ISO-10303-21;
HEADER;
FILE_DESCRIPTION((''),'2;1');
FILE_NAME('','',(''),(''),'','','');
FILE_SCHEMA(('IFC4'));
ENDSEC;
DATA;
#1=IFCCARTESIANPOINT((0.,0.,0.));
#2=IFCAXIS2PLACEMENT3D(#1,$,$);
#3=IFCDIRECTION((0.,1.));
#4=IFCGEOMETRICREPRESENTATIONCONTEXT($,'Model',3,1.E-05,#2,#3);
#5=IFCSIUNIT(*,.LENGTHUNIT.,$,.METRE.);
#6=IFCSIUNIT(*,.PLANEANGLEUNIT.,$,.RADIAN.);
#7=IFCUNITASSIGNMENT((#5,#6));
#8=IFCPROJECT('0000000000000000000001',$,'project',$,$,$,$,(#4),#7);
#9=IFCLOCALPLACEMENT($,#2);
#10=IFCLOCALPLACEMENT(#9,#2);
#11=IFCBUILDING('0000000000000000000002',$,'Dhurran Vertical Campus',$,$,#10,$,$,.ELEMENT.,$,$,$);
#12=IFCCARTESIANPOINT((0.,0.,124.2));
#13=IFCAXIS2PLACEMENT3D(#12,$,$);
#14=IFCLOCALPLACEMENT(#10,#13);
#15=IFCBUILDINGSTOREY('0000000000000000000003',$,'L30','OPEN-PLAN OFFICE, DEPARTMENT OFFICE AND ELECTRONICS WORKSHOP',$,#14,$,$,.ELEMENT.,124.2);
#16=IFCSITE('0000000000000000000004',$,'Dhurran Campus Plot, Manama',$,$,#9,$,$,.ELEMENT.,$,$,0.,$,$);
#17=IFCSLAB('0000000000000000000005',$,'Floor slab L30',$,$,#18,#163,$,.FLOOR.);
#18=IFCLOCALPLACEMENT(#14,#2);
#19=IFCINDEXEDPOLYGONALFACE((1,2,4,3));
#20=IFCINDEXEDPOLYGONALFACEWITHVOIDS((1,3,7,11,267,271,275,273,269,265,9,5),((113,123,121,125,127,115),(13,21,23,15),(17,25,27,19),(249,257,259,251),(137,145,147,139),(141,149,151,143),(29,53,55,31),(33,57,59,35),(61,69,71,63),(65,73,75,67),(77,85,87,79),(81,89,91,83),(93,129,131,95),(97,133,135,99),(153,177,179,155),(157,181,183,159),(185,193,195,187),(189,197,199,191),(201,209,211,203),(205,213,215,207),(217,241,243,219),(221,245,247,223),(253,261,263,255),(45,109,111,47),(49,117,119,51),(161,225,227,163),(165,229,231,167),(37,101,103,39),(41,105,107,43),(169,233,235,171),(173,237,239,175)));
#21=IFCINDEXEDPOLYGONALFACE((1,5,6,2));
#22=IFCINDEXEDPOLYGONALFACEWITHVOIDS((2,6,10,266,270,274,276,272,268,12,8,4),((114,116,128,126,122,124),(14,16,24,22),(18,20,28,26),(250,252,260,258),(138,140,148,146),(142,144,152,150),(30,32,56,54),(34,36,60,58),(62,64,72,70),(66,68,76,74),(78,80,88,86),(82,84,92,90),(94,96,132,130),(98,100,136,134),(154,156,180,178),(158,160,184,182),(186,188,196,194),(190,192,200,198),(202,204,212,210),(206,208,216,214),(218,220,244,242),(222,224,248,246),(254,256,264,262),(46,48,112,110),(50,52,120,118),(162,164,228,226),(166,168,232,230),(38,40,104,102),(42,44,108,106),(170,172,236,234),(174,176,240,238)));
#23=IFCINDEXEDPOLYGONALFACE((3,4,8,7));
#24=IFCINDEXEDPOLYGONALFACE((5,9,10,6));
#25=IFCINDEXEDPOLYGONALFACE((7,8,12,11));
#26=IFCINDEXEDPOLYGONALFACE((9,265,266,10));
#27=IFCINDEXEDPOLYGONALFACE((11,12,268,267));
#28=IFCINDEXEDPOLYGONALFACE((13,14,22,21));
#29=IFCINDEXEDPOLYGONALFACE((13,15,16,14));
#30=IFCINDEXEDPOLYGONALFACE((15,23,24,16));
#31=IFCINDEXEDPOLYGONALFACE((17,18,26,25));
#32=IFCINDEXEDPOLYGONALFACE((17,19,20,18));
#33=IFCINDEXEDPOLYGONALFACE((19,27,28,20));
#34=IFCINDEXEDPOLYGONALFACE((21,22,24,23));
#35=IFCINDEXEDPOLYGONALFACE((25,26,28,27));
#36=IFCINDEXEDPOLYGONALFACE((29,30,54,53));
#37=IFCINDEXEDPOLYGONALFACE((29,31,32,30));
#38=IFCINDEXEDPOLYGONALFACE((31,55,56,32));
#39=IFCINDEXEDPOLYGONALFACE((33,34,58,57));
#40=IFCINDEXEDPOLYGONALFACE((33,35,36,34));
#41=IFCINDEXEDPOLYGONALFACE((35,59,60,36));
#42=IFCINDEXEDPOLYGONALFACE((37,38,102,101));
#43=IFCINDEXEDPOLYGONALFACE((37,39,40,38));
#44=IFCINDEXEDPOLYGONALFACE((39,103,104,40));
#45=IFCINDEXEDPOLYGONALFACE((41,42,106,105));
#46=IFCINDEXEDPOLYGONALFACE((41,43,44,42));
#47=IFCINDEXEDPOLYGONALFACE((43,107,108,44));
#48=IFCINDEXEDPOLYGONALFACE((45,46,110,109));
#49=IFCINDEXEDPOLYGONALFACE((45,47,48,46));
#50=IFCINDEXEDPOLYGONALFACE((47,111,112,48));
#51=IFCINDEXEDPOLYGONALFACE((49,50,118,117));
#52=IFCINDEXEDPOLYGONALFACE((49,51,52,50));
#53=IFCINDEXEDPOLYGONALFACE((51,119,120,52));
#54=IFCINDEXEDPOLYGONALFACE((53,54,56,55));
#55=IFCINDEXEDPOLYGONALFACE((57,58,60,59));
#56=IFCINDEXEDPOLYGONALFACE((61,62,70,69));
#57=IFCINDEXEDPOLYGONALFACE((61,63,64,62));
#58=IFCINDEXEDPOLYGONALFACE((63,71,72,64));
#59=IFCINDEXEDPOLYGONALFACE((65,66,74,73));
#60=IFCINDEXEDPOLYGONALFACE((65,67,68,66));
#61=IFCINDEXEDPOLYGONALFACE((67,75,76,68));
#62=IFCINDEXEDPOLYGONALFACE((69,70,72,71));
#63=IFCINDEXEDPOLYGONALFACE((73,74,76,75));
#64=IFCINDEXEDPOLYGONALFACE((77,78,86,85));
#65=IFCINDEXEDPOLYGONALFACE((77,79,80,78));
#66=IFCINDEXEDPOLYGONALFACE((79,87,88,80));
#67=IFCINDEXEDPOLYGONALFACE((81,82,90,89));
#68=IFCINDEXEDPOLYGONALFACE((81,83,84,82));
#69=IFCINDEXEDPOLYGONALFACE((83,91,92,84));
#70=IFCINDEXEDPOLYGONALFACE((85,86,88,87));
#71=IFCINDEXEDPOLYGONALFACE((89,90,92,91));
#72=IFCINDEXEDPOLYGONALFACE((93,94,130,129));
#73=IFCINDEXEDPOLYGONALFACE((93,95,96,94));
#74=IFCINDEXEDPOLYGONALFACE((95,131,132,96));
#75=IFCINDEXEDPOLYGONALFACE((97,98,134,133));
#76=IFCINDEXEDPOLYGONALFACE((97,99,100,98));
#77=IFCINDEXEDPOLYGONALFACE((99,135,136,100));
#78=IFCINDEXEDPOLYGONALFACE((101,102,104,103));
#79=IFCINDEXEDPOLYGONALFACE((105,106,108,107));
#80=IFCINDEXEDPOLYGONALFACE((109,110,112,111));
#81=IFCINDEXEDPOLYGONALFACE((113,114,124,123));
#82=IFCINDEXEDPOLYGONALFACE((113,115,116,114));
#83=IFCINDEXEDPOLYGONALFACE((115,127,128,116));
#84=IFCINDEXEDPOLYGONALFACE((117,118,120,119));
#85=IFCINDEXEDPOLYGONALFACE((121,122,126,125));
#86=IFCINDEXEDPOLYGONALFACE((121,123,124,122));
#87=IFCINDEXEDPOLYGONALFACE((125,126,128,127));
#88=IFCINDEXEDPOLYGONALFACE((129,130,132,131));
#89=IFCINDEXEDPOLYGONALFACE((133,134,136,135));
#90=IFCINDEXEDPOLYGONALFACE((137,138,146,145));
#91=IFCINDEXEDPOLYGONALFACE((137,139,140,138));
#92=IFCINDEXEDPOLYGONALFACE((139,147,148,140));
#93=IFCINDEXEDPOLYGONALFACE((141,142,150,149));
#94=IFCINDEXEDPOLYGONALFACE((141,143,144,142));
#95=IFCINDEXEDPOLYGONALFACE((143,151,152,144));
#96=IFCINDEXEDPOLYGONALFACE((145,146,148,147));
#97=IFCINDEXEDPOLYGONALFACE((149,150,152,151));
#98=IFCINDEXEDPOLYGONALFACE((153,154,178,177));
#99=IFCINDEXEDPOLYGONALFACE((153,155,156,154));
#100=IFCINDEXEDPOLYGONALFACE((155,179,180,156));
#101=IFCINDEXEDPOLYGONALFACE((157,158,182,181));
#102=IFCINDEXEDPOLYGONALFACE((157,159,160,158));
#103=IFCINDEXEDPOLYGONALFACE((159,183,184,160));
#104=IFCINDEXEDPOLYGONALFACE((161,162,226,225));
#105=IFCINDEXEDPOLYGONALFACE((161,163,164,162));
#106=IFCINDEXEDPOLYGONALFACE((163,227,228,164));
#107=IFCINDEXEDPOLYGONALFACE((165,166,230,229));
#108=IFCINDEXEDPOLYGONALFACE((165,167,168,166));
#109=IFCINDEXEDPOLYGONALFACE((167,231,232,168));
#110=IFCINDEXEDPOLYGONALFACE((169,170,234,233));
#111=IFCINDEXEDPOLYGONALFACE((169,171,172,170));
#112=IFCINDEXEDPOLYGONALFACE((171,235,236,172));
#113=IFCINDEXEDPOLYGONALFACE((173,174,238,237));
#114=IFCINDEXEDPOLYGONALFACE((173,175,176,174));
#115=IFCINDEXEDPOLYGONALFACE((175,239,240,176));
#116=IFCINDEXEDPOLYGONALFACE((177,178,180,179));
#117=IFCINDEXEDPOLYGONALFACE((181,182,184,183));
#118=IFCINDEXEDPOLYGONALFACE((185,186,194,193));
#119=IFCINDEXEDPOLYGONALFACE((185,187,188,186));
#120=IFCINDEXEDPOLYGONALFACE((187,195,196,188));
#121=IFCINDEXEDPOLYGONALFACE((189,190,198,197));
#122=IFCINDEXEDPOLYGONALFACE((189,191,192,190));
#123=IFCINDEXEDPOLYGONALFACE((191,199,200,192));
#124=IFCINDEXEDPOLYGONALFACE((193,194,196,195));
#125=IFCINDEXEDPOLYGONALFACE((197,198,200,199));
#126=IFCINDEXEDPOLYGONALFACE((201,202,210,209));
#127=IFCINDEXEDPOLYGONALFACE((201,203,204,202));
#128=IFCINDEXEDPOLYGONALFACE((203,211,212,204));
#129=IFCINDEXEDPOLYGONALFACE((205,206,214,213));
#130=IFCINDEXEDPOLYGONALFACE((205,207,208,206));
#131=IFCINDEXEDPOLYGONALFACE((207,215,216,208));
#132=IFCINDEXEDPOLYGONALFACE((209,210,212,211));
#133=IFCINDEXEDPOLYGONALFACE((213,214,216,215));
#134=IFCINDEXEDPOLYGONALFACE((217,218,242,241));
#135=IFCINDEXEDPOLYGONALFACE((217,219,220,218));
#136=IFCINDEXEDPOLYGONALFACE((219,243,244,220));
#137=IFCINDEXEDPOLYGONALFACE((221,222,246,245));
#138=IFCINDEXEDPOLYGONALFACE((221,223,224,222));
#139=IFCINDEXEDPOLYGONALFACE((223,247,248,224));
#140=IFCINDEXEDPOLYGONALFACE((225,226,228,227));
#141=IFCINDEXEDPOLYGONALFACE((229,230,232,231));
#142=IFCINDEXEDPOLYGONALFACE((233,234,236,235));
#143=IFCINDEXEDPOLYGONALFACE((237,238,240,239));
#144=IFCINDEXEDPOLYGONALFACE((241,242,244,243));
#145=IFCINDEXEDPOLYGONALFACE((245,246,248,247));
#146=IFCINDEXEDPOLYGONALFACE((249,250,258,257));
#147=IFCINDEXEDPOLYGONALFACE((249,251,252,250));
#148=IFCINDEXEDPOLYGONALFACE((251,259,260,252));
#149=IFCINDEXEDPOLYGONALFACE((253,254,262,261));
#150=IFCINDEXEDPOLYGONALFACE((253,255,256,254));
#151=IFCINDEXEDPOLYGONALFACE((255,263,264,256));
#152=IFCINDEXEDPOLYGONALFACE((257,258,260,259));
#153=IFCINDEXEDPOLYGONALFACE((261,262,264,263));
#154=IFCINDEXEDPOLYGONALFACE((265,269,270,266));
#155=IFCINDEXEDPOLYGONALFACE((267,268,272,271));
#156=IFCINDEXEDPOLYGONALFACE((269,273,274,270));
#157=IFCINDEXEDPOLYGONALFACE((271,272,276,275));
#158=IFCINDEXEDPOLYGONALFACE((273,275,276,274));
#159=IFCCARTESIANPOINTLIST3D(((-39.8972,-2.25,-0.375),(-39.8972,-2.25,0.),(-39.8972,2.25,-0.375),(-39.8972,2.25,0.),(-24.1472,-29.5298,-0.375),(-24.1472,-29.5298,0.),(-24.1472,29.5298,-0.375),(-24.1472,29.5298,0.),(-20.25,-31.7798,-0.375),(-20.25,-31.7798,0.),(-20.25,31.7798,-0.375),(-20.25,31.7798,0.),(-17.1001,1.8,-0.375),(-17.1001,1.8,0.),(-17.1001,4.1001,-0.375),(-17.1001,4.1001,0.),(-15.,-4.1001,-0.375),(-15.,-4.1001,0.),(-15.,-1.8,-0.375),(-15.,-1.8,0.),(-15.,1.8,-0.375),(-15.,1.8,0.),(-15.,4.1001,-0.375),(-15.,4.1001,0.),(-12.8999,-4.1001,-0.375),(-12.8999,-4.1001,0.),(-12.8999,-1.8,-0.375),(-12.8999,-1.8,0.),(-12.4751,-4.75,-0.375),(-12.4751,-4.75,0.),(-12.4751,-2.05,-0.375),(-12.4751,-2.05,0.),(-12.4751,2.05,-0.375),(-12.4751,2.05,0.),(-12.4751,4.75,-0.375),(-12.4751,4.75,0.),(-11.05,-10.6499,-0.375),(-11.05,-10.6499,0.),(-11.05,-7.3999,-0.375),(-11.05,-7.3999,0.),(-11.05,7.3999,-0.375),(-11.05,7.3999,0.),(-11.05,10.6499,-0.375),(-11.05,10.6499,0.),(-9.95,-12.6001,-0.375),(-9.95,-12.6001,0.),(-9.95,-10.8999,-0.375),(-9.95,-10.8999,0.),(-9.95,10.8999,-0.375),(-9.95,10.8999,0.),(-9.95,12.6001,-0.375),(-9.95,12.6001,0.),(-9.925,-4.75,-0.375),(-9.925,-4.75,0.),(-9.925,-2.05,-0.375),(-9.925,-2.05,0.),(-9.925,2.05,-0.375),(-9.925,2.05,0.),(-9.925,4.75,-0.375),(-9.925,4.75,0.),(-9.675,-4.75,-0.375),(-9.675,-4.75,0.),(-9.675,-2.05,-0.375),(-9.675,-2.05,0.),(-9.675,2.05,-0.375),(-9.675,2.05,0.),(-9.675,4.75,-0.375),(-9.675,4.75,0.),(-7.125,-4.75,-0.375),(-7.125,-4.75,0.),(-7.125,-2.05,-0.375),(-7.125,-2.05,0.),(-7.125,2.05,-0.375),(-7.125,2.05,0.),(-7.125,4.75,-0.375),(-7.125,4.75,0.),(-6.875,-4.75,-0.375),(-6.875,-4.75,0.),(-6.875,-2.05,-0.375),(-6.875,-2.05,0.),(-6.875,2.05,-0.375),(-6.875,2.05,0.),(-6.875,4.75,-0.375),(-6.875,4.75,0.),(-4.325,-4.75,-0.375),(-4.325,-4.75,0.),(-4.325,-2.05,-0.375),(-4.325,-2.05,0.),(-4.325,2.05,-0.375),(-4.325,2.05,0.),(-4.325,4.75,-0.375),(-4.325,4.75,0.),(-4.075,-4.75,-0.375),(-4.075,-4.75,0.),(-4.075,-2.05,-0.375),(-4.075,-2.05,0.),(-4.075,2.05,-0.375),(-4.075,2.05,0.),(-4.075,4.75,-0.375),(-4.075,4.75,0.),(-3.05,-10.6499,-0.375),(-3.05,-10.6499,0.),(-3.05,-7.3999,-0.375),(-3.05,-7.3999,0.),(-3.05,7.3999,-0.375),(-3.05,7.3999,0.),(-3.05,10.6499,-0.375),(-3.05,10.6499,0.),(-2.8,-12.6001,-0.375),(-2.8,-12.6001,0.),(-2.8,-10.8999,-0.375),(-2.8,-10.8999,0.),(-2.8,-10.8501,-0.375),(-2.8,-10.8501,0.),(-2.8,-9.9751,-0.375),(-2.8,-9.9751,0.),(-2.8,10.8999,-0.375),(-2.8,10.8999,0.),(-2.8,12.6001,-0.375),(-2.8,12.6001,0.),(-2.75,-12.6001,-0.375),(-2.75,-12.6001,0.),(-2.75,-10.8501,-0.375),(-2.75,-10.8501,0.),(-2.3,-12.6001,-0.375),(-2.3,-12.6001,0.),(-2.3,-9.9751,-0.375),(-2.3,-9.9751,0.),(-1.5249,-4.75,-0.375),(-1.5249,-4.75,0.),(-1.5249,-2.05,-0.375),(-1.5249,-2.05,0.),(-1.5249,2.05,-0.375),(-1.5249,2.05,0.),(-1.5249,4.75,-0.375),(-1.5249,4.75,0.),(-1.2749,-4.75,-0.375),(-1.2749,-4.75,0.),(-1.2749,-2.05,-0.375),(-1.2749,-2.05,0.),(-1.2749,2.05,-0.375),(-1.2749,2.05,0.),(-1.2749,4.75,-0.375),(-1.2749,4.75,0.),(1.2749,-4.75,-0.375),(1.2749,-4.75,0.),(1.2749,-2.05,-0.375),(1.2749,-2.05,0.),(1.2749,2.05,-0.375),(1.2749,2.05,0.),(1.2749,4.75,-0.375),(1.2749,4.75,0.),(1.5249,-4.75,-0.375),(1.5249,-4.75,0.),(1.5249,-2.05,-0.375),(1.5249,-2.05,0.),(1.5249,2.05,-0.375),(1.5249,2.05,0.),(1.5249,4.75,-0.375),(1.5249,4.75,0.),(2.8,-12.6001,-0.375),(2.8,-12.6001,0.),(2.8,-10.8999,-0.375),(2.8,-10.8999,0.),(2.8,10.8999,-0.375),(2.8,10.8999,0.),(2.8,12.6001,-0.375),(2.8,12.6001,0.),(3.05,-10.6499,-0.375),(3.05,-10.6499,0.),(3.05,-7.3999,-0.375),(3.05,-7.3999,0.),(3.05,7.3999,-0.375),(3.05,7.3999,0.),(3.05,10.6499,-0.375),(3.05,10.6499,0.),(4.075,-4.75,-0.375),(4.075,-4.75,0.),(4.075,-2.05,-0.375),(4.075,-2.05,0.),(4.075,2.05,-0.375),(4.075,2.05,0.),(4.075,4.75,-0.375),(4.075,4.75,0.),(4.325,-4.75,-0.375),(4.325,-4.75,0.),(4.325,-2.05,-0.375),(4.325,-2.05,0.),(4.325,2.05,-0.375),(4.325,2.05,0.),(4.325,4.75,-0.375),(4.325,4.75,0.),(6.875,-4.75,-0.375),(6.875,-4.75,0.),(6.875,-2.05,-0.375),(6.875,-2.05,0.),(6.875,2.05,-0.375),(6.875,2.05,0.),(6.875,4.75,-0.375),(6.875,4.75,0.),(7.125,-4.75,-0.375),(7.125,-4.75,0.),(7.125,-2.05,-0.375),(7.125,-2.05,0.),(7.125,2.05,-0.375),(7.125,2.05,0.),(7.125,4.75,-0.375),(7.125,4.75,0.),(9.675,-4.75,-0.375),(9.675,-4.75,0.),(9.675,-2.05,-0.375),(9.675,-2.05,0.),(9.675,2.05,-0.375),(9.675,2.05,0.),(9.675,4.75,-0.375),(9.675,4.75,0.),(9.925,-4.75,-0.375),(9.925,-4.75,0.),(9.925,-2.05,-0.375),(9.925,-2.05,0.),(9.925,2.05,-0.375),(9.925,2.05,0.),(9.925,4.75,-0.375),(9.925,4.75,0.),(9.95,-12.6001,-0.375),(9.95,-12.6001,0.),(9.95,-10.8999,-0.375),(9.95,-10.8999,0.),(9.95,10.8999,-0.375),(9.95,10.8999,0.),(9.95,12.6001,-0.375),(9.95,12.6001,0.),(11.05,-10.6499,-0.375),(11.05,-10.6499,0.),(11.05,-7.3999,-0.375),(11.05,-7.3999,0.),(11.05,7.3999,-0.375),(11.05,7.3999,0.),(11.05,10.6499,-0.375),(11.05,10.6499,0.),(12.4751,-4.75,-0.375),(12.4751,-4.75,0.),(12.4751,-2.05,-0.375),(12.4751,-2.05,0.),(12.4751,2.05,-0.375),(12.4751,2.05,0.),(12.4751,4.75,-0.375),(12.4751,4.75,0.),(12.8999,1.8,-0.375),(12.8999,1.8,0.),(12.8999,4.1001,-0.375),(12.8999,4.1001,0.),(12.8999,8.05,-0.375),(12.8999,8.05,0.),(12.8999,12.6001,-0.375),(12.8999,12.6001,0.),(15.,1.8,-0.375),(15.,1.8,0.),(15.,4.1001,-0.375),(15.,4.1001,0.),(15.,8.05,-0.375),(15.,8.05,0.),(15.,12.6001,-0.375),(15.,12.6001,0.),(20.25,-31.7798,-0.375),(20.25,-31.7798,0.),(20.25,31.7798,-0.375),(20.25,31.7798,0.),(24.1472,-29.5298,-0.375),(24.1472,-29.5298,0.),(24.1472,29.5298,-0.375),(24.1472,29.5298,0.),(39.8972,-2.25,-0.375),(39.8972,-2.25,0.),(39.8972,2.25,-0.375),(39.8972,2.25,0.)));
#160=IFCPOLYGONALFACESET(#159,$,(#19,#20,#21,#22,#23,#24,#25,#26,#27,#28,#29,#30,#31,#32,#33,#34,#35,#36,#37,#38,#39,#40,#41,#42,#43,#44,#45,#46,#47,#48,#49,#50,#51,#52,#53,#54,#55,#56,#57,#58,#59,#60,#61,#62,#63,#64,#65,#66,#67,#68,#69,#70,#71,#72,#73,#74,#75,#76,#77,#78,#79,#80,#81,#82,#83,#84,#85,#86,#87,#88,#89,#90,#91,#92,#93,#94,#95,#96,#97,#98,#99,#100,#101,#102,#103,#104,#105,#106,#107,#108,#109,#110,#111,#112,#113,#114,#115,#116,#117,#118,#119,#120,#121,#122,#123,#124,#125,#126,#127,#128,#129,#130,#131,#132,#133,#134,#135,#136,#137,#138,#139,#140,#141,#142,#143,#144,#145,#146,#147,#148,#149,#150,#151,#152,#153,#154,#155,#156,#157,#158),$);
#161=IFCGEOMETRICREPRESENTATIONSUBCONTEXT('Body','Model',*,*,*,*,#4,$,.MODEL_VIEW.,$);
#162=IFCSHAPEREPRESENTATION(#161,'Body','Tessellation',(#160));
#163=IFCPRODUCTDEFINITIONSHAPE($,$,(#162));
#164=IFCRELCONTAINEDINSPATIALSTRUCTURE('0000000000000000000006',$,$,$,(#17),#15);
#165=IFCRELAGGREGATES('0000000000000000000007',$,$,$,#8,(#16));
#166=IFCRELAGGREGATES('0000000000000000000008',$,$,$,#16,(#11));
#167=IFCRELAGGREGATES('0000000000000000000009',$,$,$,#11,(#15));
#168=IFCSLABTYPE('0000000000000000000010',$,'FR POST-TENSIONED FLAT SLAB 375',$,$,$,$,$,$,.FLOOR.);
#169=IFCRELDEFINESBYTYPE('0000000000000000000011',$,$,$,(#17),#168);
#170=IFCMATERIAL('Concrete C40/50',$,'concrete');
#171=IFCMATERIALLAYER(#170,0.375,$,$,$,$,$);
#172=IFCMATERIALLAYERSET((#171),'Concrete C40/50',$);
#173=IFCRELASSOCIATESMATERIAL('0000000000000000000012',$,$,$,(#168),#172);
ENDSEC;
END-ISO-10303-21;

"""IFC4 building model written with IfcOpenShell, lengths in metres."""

from ifc_helpers import new_model, si_unit, direction, frame, origin, place, context, subcontext, project, spatial, polyline, outline, extrude, material, layer, layer_set, type_object, element, save


model = new_model("IFC4")

# Units and contexts
model_context = context("Model", 3, precision=1e-05, world=origin(), true_north=direction((0.0, 1.0)))
body_context = subcontext(model_context, "Body", "Model", "MODEL_VIEW")
ifc_project = project(units=[si_unit("LENGTHUNIT", "METRE"), si_unit("PLANEANGLEUNIT", "RADIAN")], contexts=[model_context])

# Site, building, storey
site_placement = place(None, origin())
site = spatial("IfcSite", under=ifc_project, at=site_placement, Name="Dhurran Campus Plot, Manama", CompositionType="ELEMENT", RefElevation=0.0)
building_placement = place(site_placement, origin())
building = spatial("IfcBuilding", under=site, at=building_placement, Name="Dhurran Vertical Campus", CompositionType="ELEMENT")
storey_placement = place(building_placement, frame((0.0, 0.0, 124.2)))
storey = spatial("IfcBuildingStorey", under=building, at=storey_placement, Name="L30", Description="OPEN-PLAN OFFICE, DEPARTMENT OFFICE AND ELECTRONICS WORKSHOP", CompositionType="ELEMENT", Elevation=124.2)

# Slab
ifc_material_1 = material(Name="Concrete C40/50", Category="concrete")
ifc_layer_1 = layer(ifc_material_1, 0.375)
ifc_layer_set_1 = layer_set([ifc_layer_1], Name="Concrete C40/50")
slab_type = type_object("IfcSlabType", Name="FR POST-TENSIONED FLAT SLAB 375", PredefinedType="FLOOR", material=ifc_layer_set_1)
slab_placement = place(storey_placement, frame((0.0, 0.0, -0.375)))
element("IfcSlab", 1, at=slab_placement, inside=storey, type_object=slab_type, Name="Floor slab L30", PredefinedType="FLOOR", context=body_context, shape_type="SweptSolid", body=[
    extrude(outline(polyline([(-20.25, -31.7798), (20.25, -31.7798), (24.1472, -29.5298), (39.8972, -2.25), (39.8972, 2.25), (24.1472, 29.5298), (20.25, 31.7798), (-20.25, 31.7798), (-24.1472, 29.5298), (-39.8972, 2.25), (-39.8972, -2.25), (-24.1472, -29.5298), (-20.25, -31.7798)]), holes=[polyline([(-12.4751, 2.05), (-9.925, 2.05), (-9.925, 4.75), (-12.4751, 4.75), (-12.4751, 2.05)]), polyline([(-9.675, 2.05), (-7.125, 2.05), (-7.125, 4.75), (-9.675, 4.75), (-9.675, 2.05)]), polyline([(-6.875, 2.05), (-4.325, 2.05), (-4.325, 4.75), (-6.875, 4.75), (-6.875, 2.05)]), polyline([(-1.2749, 2.05), (1.2749, 2.05), (1.2749, 4.75), (-1.2749, 4.75), (-1.2749, 2.05)]), polyline([(9.925, 2.05), (12.4751, 2.05), (12.4751, 4.75), (9.925, 4.75), (9.925, 2.05)]), polyline([(-1.2749, -4.75), (1.2749, -4.75), (1.2749, -2.05), (-1.2749, -2.05), (-1.2749, -4.75)]), polyline([(1.5249, -4.75), (4.075, -4.75), (4.075, -2.05), (1.5249, -2.05), (1.5249, -4.75)]), polyline([(4.325, -4.75), (6.875, -4.75), (6.875, -2.05), (4.325, -2.05), (4.325, -4.75)]), polyline([(7.125, -4.75), (9.675, -4.75), (9.675, -2.05), (7.125, -2.05), (7.125, -4.75)]), polyline([(9.925, -4.75), (12.4751, -4.75), (12.4751, -2.05), (9.925, -2.05), (9.925, -4.75)]), polyline([(-4.075, 2.05), (-1.5249, 2.05), (-1.5249, 4.75), (-4.075, 4.75), (-4.075, 2.05)]), polyline([(1.5249, 2.05), (4.075, 2.05), (4.075, 4.75), (1.5249, 4.75), (1.5249, 2.05)]), polyline([(4.325, 2.05), (6.875, 2.05), (6.875, 4.75), (4.325, 4.75), (4.325, 2.05)]), polyline([(7.125, 2.05), (9.675, 2.05), (9.675, 4.75), (7.125, 4.75), (7.125, 2.05)]), polyline([(-12.4751, -4.75), (-9.925, -4.75), (-9.925, -2.05), (-12.4751, -2.05), (-12.4751, -4.75)]), polyline([(-9.675, -4.75), (-7.125, -4.75), (-7.125, -2.05), (-9.675, -2.05), (-9.675, -4.75)]), polyline([(-6.875, -4.75), (-4.325, -4.75), (-4.325, -2.05), (-6.875, -2.05), (-6.875, -4.75)]), polyline([(-4.075, -4.75), (-1.5249, -4.75), (-1.5249, -2.05), (-4.075, -2.05), (-4.075, -4.75)]), polyline([(-11.05, 7.3999), (-3.05, 7.3999), (-3.05, 10.6499), (-11.05, 10.6499), (-11.05, 7.3999)]), polyline([(3.05, 7.3999), (11.05, 7.3999), (11.05, 10.6499), (3.05, 10.6499), (3.05, 7.3999)]), polyline([(-11.05, -10.6499), (-3.05, -10.6499), (-3.05, -7.3999), (-11.05, -7.3999), (-11.05, -10.6499)]), polyline([(3.05, -10.6499), (11.05, -10.6499), (11.05, -7.3999), (3.05, -7.3999), (3.05, -10.6499)]), polyline([(-9.95, 10.8999), (-9.95, 12.6001), (-2.8, 12.6001), (-2.8, 10.8999), (-9.95, 10.8999)]), polyline([(9.95, 12.6001), (9.95, 10.8999), (2.8, 10.8999), (2.8, 12.6001), (9.95, 12.6001)]), polyline([(-9.95, -12.6001), (-9.95, -10.8999), (-2.8, -10.8999), (-2.8, -12.6001), (-9.95, -12.6001)]), polyline([(9.95, -10.8999), (9.95, -12.6001), (2.8, -12.6001), (2.8, -10.8999), (9.95, -10.8999)]), polyline([(-12.8999, -4.1001), (-15.0, -4.1001), (-15.0, -1.8), (-12.8999, -1.8), (-12.8999, -4.1001)]), polyline([(-17.1001, 4.1001), (-15.0, 4.1001), (-15.0, 1.8), (-17.1001, 1.8), (-17.1001, 4.1001)]), polyline([(12.8999, 4.1001), (15.0, 4.1001), (15.0, 1.8), (12.8999, 1.8), (12.8999, 4.1001)]), polyline([(-2.3, -9.9751), (-2.3, -12.6001), (-2.75, -12.6001), (-2.75, -10.8501), (-2.8, -10.8501), (-2.8, -9.9751), (-2.3, -9.9751)]), polyline([(15.0, 8.05), (12.8999, 8.05), (12.8999, 12.6001), (15.0, 12.6001), (15.0, 8.05)])]), origin(), (0.0, 0.0, 1.0), 0.375),
])

save(model, "model.ifc")
